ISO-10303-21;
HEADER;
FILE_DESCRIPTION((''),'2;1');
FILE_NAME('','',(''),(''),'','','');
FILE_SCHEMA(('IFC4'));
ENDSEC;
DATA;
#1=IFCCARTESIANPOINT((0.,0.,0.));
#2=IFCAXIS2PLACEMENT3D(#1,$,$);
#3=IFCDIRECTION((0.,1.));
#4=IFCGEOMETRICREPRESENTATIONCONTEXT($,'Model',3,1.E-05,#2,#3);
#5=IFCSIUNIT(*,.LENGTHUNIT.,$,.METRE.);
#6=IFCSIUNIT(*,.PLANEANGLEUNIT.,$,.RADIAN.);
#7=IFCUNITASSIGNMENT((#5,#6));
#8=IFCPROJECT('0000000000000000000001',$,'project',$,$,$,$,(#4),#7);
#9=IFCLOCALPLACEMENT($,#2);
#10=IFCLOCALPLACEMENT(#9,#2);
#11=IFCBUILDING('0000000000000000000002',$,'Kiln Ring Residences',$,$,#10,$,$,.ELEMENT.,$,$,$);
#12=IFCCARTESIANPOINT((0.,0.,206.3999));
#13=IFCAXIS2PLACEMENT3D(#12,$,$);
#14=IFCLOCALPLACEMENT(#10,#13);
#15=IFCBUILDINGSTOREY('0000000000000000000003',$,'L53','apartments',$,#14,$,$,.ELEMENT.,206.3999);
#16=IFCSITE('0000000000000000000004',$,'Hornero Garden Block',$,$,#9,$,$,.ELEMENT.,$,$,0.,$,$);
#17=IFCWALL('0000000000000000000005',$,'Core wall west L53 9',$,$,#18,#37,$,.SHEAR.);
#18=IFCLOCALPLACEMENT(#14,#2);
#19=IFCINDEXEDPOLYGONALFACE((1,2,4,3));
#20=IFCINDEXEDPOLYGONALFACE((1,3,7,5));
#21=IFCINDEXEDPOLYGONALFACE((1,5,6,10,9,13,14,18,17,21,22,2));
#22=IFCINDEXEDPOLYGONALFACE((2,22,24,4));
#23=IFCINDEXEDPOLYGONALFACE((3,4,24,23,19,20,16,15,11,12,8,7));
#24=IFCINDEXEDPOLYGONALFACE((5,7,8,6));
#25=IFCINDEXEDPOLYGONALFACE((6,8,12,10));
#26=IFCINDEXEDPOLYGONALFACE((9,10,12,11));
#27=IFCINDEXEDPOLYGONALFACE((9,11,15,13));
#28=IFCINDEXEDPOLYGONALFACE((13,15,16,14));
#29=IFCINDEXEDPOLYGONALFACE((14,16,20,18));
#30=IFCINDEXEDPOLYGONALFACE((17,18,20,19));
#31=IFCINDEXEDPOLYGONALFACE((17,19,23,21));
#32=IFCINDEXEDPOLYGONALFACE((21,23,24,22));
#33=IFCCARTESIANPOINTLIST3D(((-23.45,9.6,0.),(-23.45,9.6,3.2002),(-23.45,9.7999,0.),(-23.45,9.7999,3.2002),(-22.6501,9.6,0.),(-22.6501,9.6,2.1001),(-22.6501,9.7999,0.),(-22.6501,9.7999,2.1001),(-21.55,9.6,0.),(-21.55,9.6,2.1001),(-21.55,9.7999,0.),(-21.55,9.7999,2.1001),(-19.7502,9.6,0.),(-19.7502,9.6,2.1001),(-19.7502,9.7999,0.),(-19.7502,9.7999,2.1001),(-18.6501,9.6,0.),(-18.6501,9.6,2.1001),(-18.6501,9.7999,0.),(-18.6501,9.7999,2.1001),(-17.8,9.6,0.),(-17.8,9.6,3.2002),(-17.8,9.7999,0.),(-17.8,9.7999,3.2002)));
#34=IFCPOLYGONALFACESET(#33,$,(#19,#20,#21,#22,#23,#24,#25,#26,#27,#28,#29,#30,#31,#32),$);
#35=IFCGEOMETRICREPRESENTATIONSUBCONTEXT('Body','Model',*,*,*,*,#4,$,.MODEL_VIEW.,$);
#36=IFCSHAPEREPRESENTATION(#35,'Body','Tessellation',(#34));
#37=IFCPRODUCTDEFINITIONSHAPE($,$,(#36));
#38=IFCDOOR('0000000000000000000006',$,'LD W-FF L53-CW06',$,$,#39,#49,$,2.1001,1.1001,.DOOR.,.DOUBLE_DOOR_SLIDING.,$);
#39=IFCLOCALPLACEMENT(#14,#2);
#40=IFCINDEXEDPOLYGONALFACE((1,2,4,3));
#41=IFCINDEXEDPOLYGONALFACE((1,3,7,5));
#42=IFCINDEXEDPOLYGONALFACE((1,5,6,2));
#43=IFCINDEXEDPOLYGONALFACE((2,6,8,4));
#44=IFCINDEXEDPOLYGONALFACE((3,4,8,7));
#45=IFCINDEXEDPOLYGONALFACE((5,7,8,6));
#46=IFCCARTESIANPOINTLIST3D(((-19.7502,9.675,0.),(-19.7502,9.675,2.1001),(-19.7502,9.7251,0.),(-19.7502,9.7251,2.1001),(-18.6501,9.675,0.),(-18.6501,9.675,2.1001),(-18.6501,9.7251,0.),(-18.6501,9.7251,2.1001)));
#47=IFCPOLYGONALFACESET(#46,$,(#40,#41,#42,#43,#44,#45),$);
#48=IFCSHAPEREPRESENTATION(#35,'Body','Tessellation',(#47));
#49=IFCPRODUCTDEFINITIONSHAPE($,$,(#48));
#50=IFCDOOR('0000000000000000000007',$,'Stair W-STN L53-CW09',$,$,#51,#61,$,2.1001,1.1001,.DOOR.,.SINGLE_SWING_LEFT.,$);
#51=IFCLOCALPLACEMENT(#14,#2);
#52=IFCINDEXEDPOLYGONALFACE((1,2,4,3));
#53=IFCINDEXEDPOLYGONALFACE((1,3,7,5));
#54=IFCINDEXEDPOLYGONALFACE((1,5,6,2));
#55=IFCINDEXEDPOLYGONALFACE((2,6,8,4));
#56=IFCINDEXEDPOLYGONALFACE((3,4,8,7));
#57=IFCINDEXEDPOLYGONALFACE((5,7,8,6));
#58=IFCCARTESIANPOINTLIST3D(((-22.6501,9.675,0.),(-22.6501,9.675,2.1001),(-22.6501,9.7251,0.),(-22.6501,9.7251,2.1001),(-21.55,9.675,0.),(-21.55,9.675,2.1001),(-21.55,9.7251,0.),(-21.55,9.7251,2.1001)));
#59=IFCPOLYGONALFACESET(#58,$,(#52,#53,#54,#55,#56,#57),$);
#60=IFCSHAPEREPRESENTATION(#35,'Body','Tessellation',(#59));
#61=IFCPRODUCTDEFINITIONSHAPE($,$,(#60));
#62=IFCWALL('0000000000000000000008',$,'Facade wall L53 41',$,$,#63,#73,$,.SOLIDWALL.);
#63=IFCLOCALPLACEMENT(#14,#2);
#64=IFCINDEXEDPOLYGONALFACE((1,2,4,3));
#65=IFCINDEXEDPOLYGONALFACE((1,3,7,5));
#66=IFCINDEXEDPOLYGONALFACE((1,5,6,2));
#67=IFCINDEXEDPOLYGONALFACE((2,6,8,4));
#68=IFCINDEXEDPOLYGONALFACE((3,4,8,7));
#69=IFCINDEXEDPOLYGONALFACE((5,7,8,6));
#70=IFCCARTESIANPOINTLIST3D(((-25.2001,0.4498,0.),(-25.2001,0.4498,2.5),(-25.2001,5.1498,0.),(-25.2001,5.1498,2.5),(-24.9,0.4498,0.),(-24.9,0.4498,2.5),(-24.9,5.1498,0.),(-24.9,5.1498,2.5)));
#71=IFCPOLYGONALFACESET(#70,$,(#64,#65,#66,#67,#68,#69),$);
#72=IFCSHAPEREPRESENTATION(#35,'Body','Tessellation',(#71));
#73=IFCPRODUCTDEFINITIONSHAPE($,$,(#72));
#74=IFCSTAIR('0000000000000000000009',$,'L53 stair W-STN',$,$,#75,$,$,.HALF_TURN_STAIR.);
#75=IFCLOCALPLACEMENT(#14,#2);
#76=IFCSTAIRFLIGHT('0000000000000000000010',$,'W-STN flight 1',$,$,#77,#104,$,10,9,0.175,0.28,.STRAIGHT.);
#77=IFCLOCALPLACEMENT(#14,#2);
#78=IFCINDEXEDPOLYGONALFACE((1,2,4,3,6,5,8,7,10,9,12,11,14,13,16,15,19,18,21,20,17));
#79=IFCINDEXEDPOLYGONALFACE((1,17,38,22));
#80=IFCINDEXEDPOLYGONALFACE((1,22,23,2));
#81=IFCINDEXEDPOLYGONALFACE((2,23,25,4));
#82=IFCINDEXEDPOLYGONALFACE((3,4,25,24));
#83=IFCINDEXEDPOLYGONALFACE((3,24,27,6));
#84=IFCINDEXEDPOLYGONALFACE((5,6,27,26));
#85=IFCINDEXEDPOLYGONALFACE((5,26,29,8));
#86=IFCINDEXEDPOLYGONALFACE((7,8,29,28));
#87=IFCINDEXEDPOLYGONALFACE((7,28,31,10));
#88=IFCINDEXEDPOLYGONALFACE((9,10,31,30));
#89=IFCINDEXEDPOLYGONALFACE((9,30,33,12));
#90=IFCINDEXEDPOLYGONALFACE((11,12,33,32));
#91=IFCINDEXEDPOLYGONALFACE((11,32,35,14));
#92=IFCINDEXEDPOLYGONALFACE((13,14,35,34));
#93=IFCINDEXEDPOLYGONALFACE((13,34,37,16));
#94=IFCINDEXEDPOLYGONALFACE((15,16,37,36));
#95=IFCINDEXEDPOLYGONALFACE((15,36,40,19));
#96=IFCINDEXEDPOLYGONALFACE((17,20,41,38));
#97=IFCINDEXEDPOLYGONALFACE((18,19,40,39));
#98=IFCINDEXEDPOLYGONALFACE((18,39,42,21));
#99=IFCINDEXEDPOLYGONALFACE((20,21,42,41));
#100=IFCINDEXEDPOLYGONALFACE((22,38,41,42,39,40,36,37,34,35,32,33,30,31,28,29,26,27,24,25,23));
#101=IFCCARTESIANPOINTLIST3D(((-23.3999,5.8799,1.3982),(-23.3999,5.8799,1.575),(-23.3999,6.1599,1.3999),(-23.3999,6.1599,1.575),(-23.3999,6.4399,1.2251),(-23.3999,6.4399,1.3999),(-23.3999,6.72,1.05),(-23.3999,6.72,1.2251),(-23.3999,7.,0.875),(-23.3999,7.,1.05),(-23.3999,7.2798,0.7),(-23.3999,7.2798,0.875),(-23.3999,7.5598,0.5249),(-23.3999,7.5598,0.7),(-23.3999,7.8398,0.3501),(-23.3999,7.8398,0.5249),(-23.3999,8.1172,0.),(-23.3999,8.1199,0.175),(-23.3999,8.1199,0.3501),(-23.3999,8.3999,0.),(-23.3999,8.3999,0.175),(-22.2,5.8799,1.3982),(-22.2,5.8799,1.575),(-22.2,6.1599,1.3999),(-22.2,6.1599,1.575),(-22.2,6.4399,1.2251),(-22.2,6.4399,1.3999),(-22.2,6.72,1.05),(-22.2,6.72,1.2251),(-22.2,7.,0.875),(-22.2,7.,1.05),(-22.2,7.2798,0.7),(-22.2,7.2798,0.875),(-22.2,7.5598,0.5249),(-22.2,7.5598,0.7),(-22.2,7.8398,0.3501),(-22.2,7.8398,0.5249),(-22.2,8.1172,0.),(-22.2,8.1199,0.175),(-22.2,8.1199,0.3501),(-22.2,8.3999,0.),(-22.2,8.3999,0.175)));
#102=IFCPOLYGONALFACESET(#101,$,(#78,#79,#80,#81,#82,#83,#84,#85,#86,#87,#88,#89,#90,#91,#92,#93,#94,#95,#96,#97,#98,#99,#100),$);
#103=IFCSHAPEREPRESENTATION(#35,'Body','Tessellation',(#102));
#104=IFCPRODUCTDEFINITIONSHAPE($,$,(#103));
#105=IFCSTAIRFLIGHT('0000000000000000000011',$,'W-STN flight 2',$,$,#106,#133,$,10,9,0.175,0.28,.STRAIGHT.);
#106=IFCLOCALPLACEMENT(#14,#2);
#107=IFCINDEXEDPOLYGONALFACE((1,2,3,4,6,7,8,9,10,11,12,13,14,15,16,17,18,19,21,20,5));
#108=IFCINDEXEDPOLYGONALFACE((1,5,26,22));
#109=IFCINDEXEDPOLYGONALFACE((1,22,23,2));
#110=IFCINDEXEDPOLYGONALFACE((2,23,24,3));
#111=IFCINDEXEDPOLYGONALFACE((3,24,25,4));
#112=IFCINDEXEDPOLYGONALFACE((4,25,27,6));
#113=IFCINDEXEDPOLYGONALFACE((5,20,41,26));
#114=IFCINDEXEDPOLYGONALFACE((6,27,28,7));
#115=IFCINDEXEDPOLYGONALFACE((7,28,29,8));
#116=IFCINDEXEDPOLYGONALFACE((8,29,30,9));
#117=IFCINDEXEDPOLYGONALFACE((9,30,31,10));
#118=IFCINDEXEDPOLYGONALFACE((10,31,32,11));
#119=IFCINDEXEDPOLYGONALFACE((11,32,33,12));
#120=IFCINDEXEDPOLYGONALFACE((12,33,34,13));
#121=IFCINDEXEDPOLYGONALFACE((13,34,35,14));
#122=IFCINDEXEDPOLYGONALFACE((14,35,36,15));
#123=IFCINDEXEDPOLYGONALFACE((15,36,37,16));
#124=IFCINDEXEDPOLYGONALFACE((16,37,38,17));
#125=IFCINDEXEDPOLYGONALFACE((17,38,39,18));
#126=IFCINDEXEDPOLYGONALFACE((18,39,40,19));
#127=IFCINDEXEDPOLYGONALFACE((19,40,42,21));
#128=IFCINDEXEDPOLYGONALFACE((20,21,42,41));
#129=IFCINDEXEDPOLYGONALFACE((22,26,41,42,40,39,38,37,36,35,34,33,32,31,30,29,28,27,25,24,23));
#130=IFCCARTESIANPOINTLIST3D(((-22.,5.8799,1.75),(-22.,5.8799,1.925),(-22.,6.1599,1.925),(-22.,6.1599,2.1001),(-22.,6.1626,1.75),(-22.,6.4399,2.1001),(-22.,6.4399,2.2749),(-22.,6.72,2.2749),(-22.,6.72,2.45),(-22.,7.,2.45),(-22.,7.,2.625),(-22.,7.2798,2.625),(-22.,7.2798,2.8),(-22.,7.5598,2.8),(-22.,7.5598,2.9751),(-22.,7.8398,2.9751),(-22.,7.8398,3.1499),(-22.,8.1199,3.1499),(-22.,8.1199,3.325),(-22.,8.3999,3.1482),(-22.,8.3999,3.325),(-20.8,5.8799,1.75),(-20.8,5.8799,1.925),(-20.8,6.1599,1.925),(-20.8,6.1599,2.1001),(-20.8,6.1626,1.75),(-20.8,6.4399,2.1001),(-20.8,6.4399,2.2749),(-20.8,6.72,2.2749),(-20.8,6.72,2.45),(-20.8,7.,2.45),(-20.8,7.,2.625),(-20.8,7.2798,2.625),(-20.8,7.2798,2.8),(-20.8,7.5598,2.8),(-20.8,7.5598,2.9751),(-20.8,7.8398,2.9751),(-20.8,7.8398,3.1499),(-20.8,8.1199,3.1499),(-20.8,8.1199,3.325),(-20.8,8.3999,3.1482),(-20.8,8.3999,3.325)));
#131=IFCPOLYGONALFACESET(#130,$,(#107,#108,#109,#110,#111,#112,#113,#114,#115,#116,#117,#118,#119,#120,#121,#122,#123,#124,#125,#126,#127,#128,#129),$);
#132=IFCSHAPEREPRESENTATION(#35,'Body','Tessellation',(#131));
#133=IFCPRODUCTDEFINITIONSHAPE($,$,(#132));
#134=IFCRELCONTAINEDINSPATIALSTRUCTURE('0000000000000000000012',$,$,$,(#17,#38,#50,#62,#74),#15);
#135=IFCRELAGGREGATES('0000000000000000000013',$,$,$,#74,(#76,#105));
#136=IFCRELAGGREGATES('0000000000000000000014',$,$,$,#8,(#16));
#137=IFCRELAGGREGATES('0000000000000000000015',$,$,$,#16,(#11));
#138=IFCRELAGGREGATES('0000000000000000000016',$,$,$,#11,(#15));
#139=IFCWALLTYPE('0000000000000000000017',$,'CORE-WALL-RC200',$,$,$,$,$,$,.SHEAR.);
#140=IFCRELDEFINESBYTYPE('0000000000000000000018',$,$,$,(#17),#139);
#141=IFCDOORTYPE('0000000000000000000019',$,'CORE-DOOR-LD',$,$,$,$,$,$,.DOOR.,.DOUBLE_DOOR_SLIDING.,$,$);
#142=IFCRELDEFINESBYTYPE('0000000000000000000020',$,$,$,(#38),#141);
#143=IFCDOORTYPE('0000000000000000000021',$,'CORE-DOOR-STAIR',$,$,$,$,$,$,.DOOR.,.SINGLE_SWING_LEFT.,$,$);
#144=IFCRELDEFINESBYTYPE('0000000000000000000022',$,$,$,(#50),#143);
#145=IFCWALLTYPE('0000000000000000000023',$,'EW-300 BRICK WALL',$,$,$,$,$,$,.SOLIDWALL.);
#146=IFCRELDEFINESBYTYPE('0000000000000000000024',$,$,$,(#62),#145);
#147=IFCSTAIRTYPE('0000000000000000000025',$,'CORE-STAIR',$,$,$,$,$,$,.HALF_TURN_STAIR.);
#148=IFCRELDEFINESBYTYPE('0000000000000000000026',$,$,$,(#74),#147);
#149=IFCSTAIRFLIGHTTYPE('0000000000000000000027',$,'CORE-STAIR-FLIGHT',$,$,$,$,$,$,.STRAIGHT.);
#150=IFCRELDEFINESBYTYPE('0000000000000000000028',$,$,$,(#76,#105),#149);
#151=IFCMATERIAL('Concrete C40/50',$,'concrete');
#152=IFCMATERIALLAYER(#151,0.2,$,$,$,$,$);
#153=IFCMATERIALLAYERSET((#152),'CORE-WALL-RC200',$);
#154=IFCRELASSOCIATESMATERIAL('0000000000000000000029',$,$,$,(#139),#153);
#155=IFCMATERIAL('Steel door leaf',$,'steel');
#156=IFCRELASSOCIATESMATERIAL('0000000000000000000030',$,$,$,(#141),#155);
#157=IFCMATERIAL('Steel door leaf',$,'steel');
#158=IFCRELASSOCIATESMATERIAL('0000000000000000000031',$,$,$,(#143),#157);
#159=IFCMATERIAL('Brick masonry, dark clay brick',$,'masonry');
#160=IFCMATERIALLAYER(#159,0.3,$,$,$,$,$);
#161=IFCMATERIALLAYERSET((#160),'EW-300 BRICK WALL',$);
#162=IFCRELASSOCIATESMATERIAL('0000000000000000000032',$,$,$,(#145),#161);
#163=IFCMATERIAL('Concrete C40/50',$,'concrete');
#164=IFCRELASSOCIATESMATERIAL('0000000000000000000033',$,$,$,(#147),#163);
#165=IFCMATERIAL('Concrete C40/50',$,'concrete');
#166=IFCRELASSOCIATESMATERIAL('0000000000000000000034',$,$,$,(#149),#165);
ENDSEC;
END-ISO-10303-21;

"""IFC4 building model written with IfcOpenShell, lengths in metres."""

from ifc_helpers import new_model, si_unit, direction, frame, frame_2d, origin, place, context, subcontext, project, spatial, polyline, rectangle, outline, extrude, material, layer, layer_set, type_object, element, fill, aggregate, save


model = new_model("IFC4")

# Units and contexts
model_context = context("Model", 3, precision=1e-05, world=origin(), true_north=direction((0.0, 1.0)))
body_context = subcontext(model_context, "Body", "Model", "MODEL_VIEW")
ifc_project = project(units=[si_unit("LENGTHUNIT", "METRE"), si_unit("PLANEANGLEUNIT", "RADIAN")], contexts=[model_context])

# Site, building, storey
site_placement = place(None, origin())
site = spatial("IfcSite", under=ifc_project, at=site_placement, Name="Hornero Garden Block", CompositionType="ELEMENT", RefElevation=0.0)
building_placement = place(site_placement, origin())
building = spatial("IfcBuilding", under=site, at=building_placement, Name="Kiln Ring Residences", CompositionType="ELEMENT")
storey_placement = place(building_placement, frame((0.0, 0.0, 206.3999)))
storey = spatial("IfcBuildingStorey", under=building, at=storey_placement, Name="L53", Description="apartments", CompositionType="ELEMENT", Elevation=206.3999)

# Shared definitions
ifc_material_1 = material(Name="Concrete C40/50", Category="concrete")
ifc_layer_1 = layer(ifc_material_1, 0.2)
ifc_layer_set_1 = layer_set([ifc_layer_1], Name="CORE-WALL-RC200")
wall_type_1 = type_object("IfcWallType", Name="CORE-WALL-RC200", PredefinedType="SHEAR", material=ifc_layer_set_1)

# Wall, openings, doors
wall_1_placement = place(storey_placement, frame((-17.8, 9.7, 0.0), z_axis=(0.0, 0.0, 1.0), x_axis=(-1.0, 0.0, 0.0)))
wall_1 = element("IfcWall", 1, at=wall_1_placement, inside=storey, type_object=wall_type_1, Name="Core wall west L53 9", PredefinedType="SHEAR", context=body_context, shape_type="SweptSolid", body=[
    extrude(rectangle(XDim=5.6499, YDim=0.2, at=frame_2d((2.825, 0.0))), origin(), (0.0, 0.0, 1.0), 3.2002),
])
opening_1_placement = place(wall_1_placement, frame((0.8501, 0.0, 0.0)))
opening_1 = element("IfcOpeningElement", 2, at=opening_1_placement, cuts=wall_1, PredefinedType="OPENING", context=body_context, shape_type="SweptSolid", body=[
    extrude(rectangle(XDim=1.1001, YDim=2.1001, at=frame_2d((0.55, 1.05))), frame((0.0, 0.1099, 0.0), z_axis=(0.0, -1.0, 0.0), x_axis=(1.0, 0.0, 0.0)), (0.0, 0.0, 1.0), 0.22),
])
opening_2_placement = place(wall_1_placement, frame((3.75, 0.0, 0.0)))
opening_2 = element("IfcOpeningElement", 3, at=opening_2_placement, cuts=wall_1, PredefinedType="OPENING", context=body_context, shape_type="SweptSolid", body=[
    extrude(rectangle(XDim=1.1001, YDim=2.1001, at=frame_2d((0.55, 1.05))), frame((0.0, 0.1099, 0.0), z_axis=(0.0, -1.0, 0.0), x_axis=(1.0, 0.0, 0.0)), (0.0, 0.0, 1.0), 0.22),
])
ifc_material_2 = material(Name="Steel door leaf", Category="steel")
door_type_1 = type_object("IfcDoorType", Name="CORE-DOOR-LD", OperationType="DOUBLE_DOOR_SLIDING", PredefinedType="DOOR", material=ifc_material_2)
door_1_placement = place(opening_1_placement, origin())
door_1 = element("IfcDoor", 4, at=door_1_placement, inside=storey, type_object=door_type_1, Name="LD W-FF L53-CW06", OperationType="DOUBLE_DOOR_SLIDING", OverallHeight=2.1001, OverallWidth=1.1001, PredefinedType="DOOR", context=body_context, shape_type="SweptSolid", body=[
    extrude(rectangle(XDim=1.1001, YDim=2.1001, at=frame_2d((0.55, 1.05))), frame((0.0, 0.0249, 0.0), z_axis=(0.0, -1.0, 0.0), x_axis=(1.0, 0.0, 0.0)), (0.0, 0.0, 1.0), 0.05),
])
fill(opening_1, door_1)
ifc_material_3 = material(Name="Steel door leaf", Category="steel")
door_type_2 = type_object("IfcDoorType", Name="CORE-DOOR-STAIR", OperationType="SINGLE_SWING_LEFT", PredefinedType="DOOR", material=ifc_material_3)
door_2_placement = place(opening_2_placement, origin())
door_2 = element("IfcDoor", 5, at=door_2_placement, inside=storey, type_object=door_type_2, Name="Stair W-STN L53-CW09", OperationType="SINGLE_SWING_LEFT", OverallHeight=2.1001, OverallWidth=1.1001, PredefinedType="DOOR", context=body_context, shape_type="SweptSolid", body=[
    extrude(rectangle(XDim=1.1001, YDim=2.1001, at=frame_2d((0.55, 1.05))), frame((0.0, 0.0249, 0.0), z_axis=(0.0, -1.0, 0.0), x_axis=(1.0, 0.0, 0.0)), (0.0, 0.0, 1.0), 0.05),
])
fill(opening_2, door_2)

# Wall
ifc_material_4 = material(Name="Brick masonry, dark clay brick", Category="masonry")
ifc_layer_2 = layer(ifc_material_4, 0.3)
ifc_layer_set_2 = layer_set([ifc_layer_2], Name="EW-300 BRICK WALL")
wall_type_2 = type_object("IfcWallType", Name="EW-300 BRICK WALL", PredefinedType="SOLIDWALL", material=ifc_layer_set_2)
wall_2_placement = place(storey_placement, frame((-25.05, 5.1499, 0.0), z_axis=(0.0, 0.0, 1.0), x_axis=(0.0, -1.0, 0.0)))
element("IfcWall", 6, at=wall_2_placement, inside=storey, type_object=wall_type_2, Name="Facade wall L53 41", PredefinedType="SOLIDWALL", context=body_context, shape_type="SweptSolid", body=[
    extrude(rectangle(XDim=4.7, YDim=0.3, at=frame_2d((2.3501, 0.0))), origin(), (0.0, 0.0, 1.0), 2.5),
])

# Stair, stair flights
ifc_material_5 = material(Name="Concrete C40/50", Category="concrete")
stair_type = type_object("IfcStairType", Name="CORE-STAIR", PredefinedType="HALF_TURN_STAIR", material=ifc_material_5)
stair_placement = place(storey_placement, origin())
stair = element("IfcStair", 7, at=stair_placement, inside=storey, type_object=stair_type, Name="L53 stair W-STN", PredefinedType="HALF_TURN_STAIR")
ifc_material_6 = material(Name="Concrete C40/50", Category="concrete")
stair_flight_type = type_object("IfcStairFlightType", Name="CORE-STAIR-FLIGHT", PredefinedType="STRAIGHT", material=ifc_material_6)
stair_flight_1_placement = place(storey_placement, frame((-22.8, 8.3999, 0.0), z_axis=(0.0, 0.0, 1.0), x_axis=(0.0, -1.0, 0.0)))
stair_flight_1 = element("IfcStairFlight", 8, at=stair_flight_1_placement, type_object=stair_flight_type, Name="W-STN flight 1", NumberOfRisers=10, NumberOfTreads=9, PredefinedType="STRAIGHT", RiserHeight=0.175, TreadLength=0.28, context=body_context, shape_type="SweptSolid", body=[
    extrude(outline(polyline([(0.0, 0.0), (0.0, 0.175), (0.28, 0.175), (0.28, 0.3501), (0.5601, 0.3501), (0.5601, 0.5249), (0.8401, 0.5249), (0.8401, 0.7), (1.1201, 0.7), (1.1201, 0.875), (1.3999, 0.875), (1.3999, 1.05), (1.6799, 1.05), (1.6799, 1.2251), (1.96, 1.2251), (1.96, 1.3999), (2.24, 1.3999), (2.24, 1.575), (2.52, 1.575), (2.52, 1.75), (2.52, 1.3982), (0.2827, 0.0), (0.0, 0.0)])), frame((0.0, 0.6001, 0.0), z_axis=(0.0, -1.0, 0.0), x_axis=(1.0, 0.0, 0.0)), (0.0, 0.0, 1.0), 1.2),
])
stair_flight_2_placement = place(storey_placement, frame((-21.3999, 5.8799, 1.75), z_axis=(0.0, 0.0, 1.0), x_axis=(0.0, 1.0, 0.0)))
stair_flight_2 = element("IfcStairFlight", 9, at=stair_flight_2_placement, type_object=stair_flight_type, Name="W-STN flight 2", NumberOfRisers=10, NumberOfTreads=9, PredefinedType="STRAIGHT", RiserHeight=0.175, TreadLength=0.28, context=body_context, shape_type="SweptSolid", body=[
    extrude(outline(polyline([(0.0, 0.0), (0.0, 0.175), (0.28, 0.175), (0.28, 0.3501), (0.5601, 0.3501), (0.5601, 0.5249), (0.8401, 0.5249), (0.8401, 0.7), (1.1201, 0.7), (1.1201, 0.875), (1.3999, 0.875), (1.3999, 1.05), (1.6799, 1.05), (1.6799, 1.2251), (1.96, 1.2251), (1.96, 1.3999), (2.24, 1.3999), (2.24, 1.575), (2.52, 1.575), (2.52, 1.75), (2.52, 1.3982), (0.2827, 0.0), (0.0, 0.0)])), frame((0.0, 0.6001, 0.0), z_axis=(0.0, -1.0, 0.0), x_axis=(1.0, 0.0, 0.0)), (0.0, 0.0, 1.0), 1.2),
])
aggregate(stair, [stair_flight_1, stair_flight_2])

save(model, "model.ifc")
